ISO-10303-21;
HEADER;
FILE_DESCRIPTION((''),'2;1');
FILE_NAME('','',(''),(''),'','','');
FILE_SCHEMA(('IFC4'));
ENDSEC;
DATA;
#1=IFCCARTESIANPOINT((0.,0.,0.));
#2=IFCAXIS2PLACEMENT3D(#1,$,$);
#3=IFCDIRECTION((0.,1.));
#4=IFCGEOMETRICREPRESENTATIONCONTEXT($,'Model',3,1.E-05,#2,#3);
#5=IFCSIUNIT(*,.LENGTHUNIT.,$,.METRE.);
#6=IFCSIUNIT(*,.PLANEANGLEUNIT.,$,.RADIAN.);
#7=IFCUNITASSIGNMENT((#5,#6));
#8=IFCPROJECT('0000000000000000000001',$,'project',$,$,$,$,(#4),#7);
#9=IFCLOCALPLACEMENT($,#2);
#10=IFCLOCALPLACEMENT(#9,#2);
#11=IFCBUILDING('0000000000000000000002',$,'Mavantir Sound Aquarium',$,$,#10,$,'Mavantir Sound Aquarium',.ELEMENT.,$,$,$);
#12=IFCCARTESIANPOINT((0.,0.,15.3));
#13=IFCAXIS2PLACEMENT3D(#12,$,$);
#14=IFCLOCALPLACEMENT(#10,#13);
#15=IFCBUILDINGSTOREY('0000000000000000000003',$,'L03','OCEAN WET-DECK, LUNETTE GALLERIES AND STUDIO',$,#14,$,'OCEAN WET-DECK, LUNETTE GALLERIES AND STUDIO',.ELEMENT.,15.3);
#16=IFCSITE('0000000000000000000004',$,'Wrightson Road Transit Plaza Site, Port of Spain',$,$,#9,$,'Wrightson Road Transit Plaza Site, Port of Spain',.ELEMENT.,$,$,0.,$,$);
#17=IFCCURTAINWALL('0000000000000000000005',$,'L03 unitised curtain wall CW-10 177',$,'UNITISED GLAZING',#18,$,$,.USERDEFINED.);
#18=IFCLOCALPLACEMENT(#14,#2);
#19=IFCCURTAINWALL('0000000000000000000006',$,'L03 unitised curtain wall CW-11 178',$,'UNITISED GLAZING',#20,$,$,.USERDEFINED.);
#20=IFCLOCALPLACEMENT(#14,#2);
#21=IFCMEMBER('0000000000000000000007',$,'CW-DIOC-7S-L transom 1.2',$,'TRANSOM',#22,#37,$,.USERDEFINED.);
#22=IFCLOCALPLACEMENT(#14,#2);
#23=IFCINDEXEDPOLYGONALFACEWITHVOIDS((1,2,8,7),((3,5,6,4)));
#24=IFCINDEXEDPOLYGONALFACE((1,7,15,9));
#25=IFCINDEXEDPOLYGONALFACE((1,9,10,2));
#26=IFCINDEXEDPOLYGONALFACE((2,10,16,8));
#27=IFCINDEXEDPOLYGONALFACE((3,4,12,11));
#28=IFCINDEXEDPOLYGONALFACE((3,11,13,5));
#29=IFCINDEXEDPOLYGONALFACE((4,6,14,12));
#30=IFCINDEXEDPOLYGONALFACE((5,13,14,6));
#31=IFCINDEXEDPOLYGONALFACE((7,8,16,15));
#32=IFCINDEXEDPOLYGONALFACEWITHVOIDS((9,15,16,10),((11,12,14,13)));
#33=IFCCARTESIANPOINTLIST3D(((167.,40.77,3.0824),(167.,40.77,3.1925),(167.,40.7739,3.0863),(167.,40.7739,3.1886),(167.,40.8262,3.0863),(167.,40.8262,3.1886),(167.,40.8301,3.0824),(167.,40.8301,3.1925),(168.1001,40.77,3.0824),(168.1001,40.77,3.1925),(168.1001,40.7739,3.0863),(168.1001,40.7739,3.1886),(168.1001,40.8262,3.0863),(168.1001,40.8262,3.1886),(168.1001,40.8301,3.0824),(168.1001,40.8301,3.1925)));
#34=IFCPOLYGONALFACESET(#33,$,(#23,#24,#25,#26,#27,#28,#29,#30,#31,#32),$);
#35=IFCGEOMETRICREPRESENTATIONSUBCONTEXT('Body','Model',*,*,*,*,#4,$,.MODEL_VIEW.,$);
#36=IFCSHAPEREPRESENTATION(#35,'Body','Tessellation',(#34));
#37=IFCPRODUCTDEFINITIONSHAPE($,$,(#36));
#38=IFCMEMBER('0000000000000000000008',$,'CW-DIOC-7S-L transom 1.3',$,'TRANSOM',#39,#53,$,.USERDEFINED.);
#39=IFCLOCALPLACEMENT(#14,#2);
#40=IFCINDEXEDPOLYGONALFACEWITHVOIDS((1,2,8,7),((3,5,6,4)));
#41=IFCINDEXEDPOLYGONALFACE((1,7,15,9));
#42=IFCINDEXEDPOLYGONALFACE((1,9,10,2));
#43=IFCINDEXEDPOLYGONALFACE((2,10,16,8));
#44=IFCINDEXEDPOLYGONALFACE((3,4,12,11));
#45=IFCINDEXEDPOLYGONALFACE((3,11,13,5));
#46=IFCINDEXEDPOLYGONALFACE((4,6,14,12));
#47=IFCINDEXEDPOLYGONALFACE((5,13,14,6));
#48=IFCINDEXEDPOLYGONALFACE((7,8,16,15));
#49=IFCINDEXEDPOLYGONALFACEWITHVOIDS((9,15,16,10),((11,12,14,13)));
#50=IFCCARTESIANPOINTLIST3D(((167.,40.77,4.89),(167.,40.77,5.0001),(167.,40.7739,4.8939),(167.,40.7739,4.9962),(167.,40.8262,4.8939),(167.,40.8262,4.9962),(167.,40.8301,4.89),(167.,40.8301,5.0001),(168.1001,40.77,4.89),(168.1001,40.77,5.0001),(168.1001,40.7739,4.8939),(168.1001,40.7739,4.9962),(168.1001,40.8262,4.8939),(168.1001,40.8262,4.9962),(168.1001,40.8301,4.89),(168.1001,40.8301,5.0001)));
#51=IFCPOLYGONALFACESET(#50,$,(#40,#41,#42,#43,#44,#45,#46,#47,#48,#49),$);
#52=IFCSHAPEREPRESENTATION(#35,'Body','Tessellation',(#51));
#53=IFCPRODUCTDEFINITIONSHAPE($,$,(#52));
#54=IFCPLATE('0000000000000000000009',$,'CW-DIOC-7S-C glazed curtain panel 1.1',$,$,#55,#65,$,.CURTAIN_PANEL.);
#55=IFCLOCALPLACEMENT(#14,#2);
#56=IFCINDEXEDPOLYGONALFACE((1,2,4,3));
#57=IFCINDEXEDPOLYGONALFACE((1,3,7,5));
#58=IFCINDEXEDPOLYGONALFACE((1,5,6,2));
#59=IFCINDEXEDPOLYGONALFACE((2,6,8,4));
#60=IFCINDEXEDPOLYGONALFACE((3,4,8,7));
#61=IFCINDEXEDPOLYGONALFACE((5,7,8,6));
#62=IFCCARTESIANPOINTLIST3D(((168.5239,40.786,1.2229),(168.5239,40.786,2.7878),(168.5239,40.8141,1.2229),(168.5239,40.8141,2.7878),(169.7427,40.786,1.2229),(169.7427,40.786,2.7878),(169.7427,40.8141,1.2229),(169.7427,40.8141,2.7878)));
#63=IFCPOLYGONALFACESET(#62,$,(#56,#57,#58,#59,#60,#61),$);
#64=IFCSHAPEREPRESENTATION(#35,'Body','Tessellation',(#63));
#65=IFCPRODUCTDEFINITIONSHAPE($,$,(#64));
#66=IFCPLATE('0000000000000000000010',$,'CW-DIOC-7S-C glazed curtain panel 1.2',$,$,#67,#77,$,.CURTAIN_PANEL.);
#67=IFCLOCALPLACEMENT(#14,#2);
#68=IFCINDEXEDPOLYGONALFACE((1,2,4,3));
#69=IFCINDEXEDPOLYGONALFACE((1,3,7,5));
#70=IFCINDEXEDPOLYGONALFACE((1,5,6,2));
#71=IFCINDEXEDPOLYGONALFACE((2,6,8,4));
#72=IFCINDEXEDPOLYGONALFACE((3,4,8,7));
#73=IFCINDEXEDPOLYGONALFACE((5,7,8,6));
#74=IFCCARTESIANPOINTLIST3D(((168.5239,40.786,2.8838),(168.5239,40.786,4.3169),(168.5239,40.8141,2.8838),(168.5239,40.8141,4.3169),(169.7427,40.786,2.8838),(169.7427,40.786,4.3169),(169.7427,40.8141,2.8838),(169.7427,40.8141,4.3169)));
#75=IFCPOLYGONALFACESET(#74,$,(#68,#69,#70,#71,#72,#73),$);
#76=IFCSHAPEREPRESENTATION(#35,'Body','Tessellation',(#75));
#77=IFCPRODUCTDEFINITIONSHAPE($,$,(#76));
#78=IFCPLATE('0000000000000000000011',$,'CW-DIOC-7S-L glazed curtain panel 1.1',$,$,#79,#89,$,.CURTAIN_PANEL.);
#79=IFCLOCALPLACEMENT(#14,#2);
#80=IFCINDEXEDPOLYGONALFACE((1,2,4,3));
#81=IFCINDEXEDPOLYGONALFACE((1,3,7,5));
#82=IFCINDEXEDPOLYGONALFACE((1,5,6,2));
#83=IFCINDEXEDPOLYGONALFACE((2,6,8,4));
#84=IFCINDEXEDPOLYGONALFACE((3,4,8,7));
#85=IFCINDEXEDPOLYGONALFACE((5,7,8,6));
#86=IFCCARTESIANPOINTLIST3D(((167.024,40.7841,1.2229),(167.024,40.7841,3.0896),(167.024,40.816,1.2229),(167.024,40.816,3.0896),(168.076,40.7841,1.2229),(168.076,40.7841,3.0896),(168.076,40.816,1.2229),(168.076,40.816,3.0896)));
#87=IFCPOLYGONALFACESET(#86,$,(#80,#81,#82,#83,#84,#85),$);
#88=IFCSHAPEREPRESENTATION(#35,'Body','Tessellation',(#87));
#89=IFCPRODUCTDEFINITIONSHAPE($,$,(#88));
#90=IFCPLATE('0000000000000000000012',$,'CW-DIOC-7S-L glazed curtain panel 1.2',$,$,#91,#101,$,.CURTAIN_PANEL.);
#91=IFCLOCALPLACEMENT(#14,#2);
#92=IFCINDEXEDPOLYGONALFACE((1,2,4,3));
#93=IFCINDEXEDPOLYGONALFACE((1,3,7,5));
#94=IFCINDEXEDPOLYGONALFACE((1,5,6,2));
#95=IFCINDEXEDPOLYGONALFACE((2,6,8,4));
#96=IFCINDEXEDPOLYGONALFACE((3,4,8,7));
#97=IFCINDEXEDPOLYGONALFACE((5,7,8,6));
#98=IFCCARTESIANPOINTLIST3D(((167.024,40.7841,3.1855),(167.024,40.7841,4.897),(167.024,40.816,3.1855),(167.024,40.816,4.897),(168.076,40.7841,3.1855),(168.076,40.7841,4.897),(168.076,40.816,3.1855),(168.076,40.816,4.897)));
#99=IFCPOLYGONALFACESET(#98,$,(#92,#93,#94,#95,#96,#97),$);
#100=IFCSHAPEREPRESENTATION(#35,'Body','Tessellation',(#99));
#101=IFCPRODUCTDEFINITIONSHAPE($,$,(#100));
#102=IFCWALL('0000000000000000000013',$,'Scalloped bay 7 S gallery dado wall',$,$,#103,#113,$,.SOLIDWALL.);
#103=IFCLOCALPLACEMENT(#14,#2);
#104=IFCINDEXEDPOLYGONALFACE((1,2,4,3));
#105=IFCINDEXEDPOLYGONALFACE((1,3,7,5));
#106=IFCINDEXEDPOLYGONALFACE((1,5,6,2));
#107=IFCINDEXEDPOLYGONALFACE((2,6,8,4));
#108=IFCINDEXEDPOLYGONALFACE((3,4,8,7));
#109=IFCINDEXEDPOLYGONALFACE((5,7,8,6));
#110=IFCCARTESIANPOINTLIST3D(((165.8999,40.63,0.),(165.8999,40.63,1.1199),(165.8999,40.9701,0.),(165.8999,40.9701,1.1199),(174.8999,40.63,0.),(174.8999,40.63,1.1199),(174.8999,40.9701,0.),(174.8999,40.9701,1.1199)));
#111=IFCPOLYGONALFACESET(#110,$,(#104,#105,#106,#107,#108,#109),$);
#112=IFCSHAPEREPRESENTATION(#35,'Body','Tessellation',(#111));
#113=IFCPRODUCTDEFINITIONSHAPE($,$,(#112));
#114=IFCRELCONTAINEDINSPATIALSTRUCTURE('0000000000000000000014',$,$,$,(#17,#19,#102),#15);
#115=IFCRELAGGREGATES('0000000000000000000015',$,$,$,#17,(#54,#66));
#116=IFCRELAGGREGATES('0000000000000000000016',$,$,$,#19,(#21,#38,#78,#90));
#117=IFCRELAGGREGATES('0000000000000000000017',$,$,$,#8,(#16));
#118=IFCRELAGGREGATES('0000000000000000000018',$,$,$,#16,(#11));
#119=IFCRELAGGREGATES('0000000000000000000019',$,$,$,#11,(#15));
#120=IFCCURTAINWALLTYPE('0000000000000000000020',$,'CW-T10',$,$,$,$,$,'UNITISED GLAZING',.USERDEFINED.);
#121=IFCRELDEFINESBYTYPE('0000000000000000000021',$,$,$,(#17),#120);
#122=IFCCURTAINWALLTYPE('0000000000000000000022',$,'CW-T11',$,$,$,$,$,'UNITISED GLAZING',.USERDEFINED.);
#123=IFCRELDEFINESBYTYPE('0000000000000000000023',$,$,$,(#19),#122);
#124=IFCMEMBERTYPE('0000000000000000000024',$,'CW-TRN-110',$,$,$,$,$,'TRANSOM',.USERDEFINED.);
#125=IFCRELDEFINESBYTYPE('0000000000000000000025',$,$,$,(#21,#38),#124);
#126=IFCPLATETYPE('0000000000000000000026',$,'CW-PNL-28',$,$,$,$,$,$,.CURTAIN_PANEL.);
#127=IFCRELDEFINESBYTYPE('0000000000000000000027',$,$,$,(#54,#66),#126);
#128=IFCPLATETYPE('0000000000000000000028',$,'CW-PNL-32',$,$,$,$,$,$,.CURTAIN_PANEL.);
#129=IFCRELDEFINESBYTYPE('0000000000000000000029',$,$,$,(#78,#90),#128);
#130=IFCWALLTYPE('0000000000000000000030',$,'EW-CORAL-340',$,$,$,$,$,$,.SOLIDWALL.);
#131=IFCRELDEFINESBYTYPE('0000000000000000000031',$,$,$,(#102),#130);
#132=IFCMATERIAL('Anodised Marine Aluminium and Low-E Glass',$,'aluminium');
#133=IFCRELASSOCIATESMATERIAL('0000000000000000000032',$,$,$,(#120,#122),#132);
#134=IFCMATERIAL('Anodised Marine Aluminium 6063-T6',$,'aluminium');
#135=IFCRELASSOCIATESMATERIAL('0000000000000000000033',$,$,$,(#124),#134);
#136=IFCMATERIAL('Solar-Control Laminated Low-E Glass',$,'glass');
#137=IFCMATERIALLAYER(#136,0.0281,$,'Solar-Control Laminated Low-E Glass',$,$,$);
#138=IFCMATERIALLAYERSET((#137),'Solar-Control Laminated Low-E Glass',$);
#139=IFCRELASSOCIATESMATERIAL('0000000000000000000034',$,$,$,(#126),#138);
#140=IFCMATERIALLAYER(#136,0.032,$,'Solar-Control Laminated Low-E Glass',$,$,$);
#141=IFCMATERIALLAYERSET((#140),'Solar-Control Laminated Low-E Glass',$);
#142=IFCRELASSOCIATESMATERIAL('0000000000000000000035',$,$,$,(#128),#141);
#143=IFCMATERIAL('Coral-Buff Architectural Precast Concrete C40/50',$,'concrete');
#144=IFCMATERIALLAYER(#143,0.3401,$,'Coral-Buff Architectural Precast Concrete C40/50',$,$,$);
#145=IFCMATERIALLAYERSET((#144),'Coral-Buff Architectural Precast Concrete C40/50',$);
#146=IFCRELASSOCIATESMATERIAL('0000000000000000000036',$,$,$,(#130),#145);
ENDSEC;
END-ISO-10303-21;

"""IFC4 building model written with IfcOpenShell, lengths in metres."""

from ifc_helpers import new_model, si_unit, direction, frame, frame_2d, origin, origin_2d, place, context, subcontext, project, spatial, rectangle, hollow_rectangle, extrude, material, layer, layer_set, material_profile, profile_set, type_object, element, aggregate, save


model = new_model("IFC4")

# Units and contexts
model_context = context("Model", 3, precision=1e-05, world=origin(), true_north=direction((0.0, 1.0)))
body_context = subcontext(model_context, "Body", "Model", "MODEL_VIEW")
ifc_project = project(units=[si_unit("LENGTHUNIT", "METRE"), si_unit("PLANEANGLEUNIT", "RADIAN")], contexts=[model_context])

# Site, building, storey
site_placement = place(None, origin())
site = spatial("IfcSite", under=ifc_project, at=site_placement, Name="Wrightson Road Transit Plaza Site, Port of Spain", LongName="Wrightson Road Transit Plaza Site, Port of Spain", CompositionType="ELEMENT", RefElevation=0.0)
building_placement = place(site_placement, origin())
building = spatial("IfcBuilding", under=site, at=building_placement, Name="Mavantir Sound Aquarium", LongName="Mavantir Sound Aquarium", CompositionType="ELEMENT")
storey_placement = place(building_placement, frame((0.0, 0.0, 15.3)))
storey = spatial("IfcBuildingStorey", under=building, at=storey_placement, Name="L03", Description="OCEAN WET-DECK, LUNETTE GALLERIES AND STUDIO", LongName="OCEAN WET-DECK, LUNETTE GALLERIES AND STUDIO", CompositionType="ELEMENT", Elevation=15.3)

# Curtain walls
ifc_material_1 = material(Name="Anodised Marine Aluminium and Low-E Glass", Category="aluminium")
curtain_wall_type_1 = type_object("IfcCurtainWallType", Name="CW-T10", ElementType="UNITISED GLAZING", PredefinedType="USERDEFINED", material=ifc_material_1)
curtain_wall_1_placement = place(storey_placement, origin())
curtain_wall_1 = element("IfcCurtainWall", 1, at=curtain_wall_1_placement, inside=storey, type_object=curtain_wall_type_1, Name="L03 unitised curtain wall CW-10 177", ObjectType="UNITISED GLAZING", PredefinedType="USERDEFINED")
ifc_material_2 = material(Name="Anodised Marine Aluminium 6063-T6", Category="aluminium")
curtain_wall_type_2 = type_object("IfcCurtainWallType", Name="CW-T11", ElementType="UNITISED GLAZING", PredefinedType="USERDEFINED", material=ifc_material_1)
curtain_wall_2_placement = place(storey_placement, origin())
curtain_wall_2 = element("IfcCurtainWall", 2, at=curtain_wall_2_placement, inside=storey, type_object=curtain_wall_type_2, Name="L03 unitised curtain wall CW-11 178", ObjectType="UNITISED GLAZING", PredefinedType="USERDEFINED")

# Members
ifc_material_profile_1 = material_profile(ifc_material_2, hollow_rectangle(XDim=0.0601, YDim=0.1101, WallThickness=0.0039, at=origin_2d()), Name="ALU-TRANSOM-110X60")
ifc_profile_set_1 = profile_set([ifc_material_profile_1], Name="Anodised Marine Aluminium 6063-T6")
member_type_1 = type_object("IfcMemberType", Name="CW-TRN-110", ElementType="TRANSOM", PredefinedType="USERDEFINED", material=ifc_profile_set_1)
member_1_placement = place(storey_placement, frame((167.0, 40.8, 3.1375), z_axis=(1.0, 0.0, 0.0), x_axis=(0.0, 1.0, 0.0)))
member_1 = element("IfcMember", 3, at=member_1_placement, type_object=member_type_1, Name="CW-DIOC-7S-L transom 1.2", ObjectType="TRANSOM", PredefinedType="USERDEFINED", context=body_context, shape_type="SweptSolid", body=[
    extrude(hollow_rectangle(XDim=0.0601, YDim=0.1101, WallThickness=0.0039, at=origin_2d()), origin(), (0.0, 0.0, 1.0), 1.1001),
])
member_2_placement = place(storey_placement, frame((167.0, 40.8, 4.9451), z_axis=(1.0, 0.0, 0.0), x_axis=(0.0, 1.0, 0.0)))
member_2 = element("IfcMember", 4, at=member_2_placement, type_object=member_type_1, Name="CW-DIOC-7S-L transom 1.3", ObjectType="TRANSOM", PredefinedType="USERDEFINED", context=body_context, shape_type="SweptSolid", body=[
    extrude(hollow_rectangle(XDim=0.0601, YDim=0.1101, WallThickness=0.0039, at=origin_2d()), origin(), (0.0, 0.0, 1.0), 1.1001),
])

# Plates
ifc_material_3 = material(Name="Solar-Control Laminated Low-E Glass", Category="glass")
ifc_layer_1 = layer(ifc_material_3, 0.0281, Name="Solar-Control Laminated Low-E Glass")
ifc_layer_set_1 = layer_set([ifc_layer_1], Name="Solar-Control Laminated Low-E Glass")
plate_type_1 = type_object("IfcPlateType", Name="CW-PNL-28", PredefinedType="CURTAIN_PANEL", material=ifc_layer_set_1)
plate_1_placement = place(storey_placement, frame((169.1333, 40.8, 1.2229), z_axis=(0.0, 0.0, 1.0), x_axis=(1.0, 0.0, 0.0)))
plate_1 = element("IfcPlate", 5, at=plate_1_placement, type_object=plate_type_1, Name="CW-DIOC-7S-C glazed curtain panel 1.1", PredefinedType="CURTAIN_PANEL", context=body_context, shape_type="SweptSolid", body=[
    extrude(rectangle(XDim=1.2188, YDim=0.0281, at=origin_2d()), origin(), (0.0, 0.0, 1.0), 1.5649),
])
plate_2_placement = place(storey_placement, frame((169.1333, 40.8, 2.8838), z_axis=(0.0, 0.0, 1.0), x_axis=(1.0, 0.0, 0.0)))
plate_2 = element("IfcPlate", 6, at=plate_2_placement, type_object=plate_type_1, Name="CW-DIOC-7S-C glazed curtain panel 1.2", PredefinedType="CURTAIN_PANEL", context=body_context, shape_type="SweptSolid", body=[
    extrude(rectangle(XDim=1.2188, YDim=0.0281, at=origin_2d()), origin(), (0.0, 0.0, 1.0), 1.4331),
])
aggregate(curtain_wall_1, [plate_1, plate_2])
ifc_layer_2 = layer(ifc_material_3, 0.032, Name="Solar-Control Laminated Low-E Glass")
ifc_layer_set_2 = layer_set([ifc_layer_2], Name="Solar-Control Laminated Low-E Glass")
plate_type_2 = type_object("IfcPlateType", Name="CW-PNL-32", PredefinedType="CURTAIN_PANEL", material=ifc_layer_set_2)
plate_3_placement = place(storey_placement, frame((167.55, 40.8, 1.2229), z_axis=(0.0, 0.0, 1.0), x_axis=(1.0, 0.0, 0.0)))
plate_3 = element("IfcPlate", 7, at=plate_3_placement, type_object=plate_type_2, Name="CW-DIOC-7S-L glazed curtain panel 1.1", PredefinedType="CURTAIN_PANEL", context=body_context, shape_type="SweptSolid", body=[
    extrude(rectangle(XDim=1.052, YDim=0.032, at=origin_2d()), origin(), (0.0, 0.0, 1.0), 1.8667),
])
plate_4_placement = place(storey_placement, frame((167.55, 40.8, 3.1855), z_axis=(0.0, 0.0, 1.0), x_axis=(1.0, 0.0, 0.0)))
plate_4 = element("IfcPlate", 8, at=plate_4_placement, type_object=plate_type_2, Name="CW-DIOC-7S-L glazed curtain panel 1.2", PredefinedType="CURTAIN_PANEL", context=body_context, shape_type="SweptSolid", body=[
    extrude(rectangle(XDim=1.052, YDim=0.032, at=origin_2d()), origin(), (0.0, 0.0, 1.0), 1.7114),
])
aggregate(curtain_wall_2, [member_1, member_2, plate_3, plate_4])

# Wall
ifc_material_4 = material(Name="Coral-Buff Architectural Precast Concrete C40/50", Category="concrete")
ifc_layer_3 = layer(ifc_material_4, 0.3401, Name="Coral-Buff Architectural Precast Concrete C40/50")
ifc_layer_set_3 = layer_set([ifc_layer_3], Name="Coral-Buff Architectural Precast Concrete C40/50")
wall_type = type_object("IfcWallType", Name="EW-CORAL-340", PredefinedType="SOLIDWALL", material=ifc_layer_set_3)
wall_placement = place(storey_placement, frame((165.8999, 40.8, 0.0), z_axis=(0.0, 0.0, 1.0), x_axis=(1.0, 0.0, 0.0)))
element("IfcWall", 9, at=wall_placement, inside=storey, type_object=wall_type, Name="Scalloped bay 7 S gallery dado wall", PredefinedType="SOLIDWALL", context=body_context, shape_type="SweptSolid", body=[
    extrude(rectangle(XDim=9.0, YDim=0.3401, at=frame_2d((4.5, 0.0))), origin(), (0.0, 0.0, 1.0), 1.1199),
])

save(model, "model.ifc")
